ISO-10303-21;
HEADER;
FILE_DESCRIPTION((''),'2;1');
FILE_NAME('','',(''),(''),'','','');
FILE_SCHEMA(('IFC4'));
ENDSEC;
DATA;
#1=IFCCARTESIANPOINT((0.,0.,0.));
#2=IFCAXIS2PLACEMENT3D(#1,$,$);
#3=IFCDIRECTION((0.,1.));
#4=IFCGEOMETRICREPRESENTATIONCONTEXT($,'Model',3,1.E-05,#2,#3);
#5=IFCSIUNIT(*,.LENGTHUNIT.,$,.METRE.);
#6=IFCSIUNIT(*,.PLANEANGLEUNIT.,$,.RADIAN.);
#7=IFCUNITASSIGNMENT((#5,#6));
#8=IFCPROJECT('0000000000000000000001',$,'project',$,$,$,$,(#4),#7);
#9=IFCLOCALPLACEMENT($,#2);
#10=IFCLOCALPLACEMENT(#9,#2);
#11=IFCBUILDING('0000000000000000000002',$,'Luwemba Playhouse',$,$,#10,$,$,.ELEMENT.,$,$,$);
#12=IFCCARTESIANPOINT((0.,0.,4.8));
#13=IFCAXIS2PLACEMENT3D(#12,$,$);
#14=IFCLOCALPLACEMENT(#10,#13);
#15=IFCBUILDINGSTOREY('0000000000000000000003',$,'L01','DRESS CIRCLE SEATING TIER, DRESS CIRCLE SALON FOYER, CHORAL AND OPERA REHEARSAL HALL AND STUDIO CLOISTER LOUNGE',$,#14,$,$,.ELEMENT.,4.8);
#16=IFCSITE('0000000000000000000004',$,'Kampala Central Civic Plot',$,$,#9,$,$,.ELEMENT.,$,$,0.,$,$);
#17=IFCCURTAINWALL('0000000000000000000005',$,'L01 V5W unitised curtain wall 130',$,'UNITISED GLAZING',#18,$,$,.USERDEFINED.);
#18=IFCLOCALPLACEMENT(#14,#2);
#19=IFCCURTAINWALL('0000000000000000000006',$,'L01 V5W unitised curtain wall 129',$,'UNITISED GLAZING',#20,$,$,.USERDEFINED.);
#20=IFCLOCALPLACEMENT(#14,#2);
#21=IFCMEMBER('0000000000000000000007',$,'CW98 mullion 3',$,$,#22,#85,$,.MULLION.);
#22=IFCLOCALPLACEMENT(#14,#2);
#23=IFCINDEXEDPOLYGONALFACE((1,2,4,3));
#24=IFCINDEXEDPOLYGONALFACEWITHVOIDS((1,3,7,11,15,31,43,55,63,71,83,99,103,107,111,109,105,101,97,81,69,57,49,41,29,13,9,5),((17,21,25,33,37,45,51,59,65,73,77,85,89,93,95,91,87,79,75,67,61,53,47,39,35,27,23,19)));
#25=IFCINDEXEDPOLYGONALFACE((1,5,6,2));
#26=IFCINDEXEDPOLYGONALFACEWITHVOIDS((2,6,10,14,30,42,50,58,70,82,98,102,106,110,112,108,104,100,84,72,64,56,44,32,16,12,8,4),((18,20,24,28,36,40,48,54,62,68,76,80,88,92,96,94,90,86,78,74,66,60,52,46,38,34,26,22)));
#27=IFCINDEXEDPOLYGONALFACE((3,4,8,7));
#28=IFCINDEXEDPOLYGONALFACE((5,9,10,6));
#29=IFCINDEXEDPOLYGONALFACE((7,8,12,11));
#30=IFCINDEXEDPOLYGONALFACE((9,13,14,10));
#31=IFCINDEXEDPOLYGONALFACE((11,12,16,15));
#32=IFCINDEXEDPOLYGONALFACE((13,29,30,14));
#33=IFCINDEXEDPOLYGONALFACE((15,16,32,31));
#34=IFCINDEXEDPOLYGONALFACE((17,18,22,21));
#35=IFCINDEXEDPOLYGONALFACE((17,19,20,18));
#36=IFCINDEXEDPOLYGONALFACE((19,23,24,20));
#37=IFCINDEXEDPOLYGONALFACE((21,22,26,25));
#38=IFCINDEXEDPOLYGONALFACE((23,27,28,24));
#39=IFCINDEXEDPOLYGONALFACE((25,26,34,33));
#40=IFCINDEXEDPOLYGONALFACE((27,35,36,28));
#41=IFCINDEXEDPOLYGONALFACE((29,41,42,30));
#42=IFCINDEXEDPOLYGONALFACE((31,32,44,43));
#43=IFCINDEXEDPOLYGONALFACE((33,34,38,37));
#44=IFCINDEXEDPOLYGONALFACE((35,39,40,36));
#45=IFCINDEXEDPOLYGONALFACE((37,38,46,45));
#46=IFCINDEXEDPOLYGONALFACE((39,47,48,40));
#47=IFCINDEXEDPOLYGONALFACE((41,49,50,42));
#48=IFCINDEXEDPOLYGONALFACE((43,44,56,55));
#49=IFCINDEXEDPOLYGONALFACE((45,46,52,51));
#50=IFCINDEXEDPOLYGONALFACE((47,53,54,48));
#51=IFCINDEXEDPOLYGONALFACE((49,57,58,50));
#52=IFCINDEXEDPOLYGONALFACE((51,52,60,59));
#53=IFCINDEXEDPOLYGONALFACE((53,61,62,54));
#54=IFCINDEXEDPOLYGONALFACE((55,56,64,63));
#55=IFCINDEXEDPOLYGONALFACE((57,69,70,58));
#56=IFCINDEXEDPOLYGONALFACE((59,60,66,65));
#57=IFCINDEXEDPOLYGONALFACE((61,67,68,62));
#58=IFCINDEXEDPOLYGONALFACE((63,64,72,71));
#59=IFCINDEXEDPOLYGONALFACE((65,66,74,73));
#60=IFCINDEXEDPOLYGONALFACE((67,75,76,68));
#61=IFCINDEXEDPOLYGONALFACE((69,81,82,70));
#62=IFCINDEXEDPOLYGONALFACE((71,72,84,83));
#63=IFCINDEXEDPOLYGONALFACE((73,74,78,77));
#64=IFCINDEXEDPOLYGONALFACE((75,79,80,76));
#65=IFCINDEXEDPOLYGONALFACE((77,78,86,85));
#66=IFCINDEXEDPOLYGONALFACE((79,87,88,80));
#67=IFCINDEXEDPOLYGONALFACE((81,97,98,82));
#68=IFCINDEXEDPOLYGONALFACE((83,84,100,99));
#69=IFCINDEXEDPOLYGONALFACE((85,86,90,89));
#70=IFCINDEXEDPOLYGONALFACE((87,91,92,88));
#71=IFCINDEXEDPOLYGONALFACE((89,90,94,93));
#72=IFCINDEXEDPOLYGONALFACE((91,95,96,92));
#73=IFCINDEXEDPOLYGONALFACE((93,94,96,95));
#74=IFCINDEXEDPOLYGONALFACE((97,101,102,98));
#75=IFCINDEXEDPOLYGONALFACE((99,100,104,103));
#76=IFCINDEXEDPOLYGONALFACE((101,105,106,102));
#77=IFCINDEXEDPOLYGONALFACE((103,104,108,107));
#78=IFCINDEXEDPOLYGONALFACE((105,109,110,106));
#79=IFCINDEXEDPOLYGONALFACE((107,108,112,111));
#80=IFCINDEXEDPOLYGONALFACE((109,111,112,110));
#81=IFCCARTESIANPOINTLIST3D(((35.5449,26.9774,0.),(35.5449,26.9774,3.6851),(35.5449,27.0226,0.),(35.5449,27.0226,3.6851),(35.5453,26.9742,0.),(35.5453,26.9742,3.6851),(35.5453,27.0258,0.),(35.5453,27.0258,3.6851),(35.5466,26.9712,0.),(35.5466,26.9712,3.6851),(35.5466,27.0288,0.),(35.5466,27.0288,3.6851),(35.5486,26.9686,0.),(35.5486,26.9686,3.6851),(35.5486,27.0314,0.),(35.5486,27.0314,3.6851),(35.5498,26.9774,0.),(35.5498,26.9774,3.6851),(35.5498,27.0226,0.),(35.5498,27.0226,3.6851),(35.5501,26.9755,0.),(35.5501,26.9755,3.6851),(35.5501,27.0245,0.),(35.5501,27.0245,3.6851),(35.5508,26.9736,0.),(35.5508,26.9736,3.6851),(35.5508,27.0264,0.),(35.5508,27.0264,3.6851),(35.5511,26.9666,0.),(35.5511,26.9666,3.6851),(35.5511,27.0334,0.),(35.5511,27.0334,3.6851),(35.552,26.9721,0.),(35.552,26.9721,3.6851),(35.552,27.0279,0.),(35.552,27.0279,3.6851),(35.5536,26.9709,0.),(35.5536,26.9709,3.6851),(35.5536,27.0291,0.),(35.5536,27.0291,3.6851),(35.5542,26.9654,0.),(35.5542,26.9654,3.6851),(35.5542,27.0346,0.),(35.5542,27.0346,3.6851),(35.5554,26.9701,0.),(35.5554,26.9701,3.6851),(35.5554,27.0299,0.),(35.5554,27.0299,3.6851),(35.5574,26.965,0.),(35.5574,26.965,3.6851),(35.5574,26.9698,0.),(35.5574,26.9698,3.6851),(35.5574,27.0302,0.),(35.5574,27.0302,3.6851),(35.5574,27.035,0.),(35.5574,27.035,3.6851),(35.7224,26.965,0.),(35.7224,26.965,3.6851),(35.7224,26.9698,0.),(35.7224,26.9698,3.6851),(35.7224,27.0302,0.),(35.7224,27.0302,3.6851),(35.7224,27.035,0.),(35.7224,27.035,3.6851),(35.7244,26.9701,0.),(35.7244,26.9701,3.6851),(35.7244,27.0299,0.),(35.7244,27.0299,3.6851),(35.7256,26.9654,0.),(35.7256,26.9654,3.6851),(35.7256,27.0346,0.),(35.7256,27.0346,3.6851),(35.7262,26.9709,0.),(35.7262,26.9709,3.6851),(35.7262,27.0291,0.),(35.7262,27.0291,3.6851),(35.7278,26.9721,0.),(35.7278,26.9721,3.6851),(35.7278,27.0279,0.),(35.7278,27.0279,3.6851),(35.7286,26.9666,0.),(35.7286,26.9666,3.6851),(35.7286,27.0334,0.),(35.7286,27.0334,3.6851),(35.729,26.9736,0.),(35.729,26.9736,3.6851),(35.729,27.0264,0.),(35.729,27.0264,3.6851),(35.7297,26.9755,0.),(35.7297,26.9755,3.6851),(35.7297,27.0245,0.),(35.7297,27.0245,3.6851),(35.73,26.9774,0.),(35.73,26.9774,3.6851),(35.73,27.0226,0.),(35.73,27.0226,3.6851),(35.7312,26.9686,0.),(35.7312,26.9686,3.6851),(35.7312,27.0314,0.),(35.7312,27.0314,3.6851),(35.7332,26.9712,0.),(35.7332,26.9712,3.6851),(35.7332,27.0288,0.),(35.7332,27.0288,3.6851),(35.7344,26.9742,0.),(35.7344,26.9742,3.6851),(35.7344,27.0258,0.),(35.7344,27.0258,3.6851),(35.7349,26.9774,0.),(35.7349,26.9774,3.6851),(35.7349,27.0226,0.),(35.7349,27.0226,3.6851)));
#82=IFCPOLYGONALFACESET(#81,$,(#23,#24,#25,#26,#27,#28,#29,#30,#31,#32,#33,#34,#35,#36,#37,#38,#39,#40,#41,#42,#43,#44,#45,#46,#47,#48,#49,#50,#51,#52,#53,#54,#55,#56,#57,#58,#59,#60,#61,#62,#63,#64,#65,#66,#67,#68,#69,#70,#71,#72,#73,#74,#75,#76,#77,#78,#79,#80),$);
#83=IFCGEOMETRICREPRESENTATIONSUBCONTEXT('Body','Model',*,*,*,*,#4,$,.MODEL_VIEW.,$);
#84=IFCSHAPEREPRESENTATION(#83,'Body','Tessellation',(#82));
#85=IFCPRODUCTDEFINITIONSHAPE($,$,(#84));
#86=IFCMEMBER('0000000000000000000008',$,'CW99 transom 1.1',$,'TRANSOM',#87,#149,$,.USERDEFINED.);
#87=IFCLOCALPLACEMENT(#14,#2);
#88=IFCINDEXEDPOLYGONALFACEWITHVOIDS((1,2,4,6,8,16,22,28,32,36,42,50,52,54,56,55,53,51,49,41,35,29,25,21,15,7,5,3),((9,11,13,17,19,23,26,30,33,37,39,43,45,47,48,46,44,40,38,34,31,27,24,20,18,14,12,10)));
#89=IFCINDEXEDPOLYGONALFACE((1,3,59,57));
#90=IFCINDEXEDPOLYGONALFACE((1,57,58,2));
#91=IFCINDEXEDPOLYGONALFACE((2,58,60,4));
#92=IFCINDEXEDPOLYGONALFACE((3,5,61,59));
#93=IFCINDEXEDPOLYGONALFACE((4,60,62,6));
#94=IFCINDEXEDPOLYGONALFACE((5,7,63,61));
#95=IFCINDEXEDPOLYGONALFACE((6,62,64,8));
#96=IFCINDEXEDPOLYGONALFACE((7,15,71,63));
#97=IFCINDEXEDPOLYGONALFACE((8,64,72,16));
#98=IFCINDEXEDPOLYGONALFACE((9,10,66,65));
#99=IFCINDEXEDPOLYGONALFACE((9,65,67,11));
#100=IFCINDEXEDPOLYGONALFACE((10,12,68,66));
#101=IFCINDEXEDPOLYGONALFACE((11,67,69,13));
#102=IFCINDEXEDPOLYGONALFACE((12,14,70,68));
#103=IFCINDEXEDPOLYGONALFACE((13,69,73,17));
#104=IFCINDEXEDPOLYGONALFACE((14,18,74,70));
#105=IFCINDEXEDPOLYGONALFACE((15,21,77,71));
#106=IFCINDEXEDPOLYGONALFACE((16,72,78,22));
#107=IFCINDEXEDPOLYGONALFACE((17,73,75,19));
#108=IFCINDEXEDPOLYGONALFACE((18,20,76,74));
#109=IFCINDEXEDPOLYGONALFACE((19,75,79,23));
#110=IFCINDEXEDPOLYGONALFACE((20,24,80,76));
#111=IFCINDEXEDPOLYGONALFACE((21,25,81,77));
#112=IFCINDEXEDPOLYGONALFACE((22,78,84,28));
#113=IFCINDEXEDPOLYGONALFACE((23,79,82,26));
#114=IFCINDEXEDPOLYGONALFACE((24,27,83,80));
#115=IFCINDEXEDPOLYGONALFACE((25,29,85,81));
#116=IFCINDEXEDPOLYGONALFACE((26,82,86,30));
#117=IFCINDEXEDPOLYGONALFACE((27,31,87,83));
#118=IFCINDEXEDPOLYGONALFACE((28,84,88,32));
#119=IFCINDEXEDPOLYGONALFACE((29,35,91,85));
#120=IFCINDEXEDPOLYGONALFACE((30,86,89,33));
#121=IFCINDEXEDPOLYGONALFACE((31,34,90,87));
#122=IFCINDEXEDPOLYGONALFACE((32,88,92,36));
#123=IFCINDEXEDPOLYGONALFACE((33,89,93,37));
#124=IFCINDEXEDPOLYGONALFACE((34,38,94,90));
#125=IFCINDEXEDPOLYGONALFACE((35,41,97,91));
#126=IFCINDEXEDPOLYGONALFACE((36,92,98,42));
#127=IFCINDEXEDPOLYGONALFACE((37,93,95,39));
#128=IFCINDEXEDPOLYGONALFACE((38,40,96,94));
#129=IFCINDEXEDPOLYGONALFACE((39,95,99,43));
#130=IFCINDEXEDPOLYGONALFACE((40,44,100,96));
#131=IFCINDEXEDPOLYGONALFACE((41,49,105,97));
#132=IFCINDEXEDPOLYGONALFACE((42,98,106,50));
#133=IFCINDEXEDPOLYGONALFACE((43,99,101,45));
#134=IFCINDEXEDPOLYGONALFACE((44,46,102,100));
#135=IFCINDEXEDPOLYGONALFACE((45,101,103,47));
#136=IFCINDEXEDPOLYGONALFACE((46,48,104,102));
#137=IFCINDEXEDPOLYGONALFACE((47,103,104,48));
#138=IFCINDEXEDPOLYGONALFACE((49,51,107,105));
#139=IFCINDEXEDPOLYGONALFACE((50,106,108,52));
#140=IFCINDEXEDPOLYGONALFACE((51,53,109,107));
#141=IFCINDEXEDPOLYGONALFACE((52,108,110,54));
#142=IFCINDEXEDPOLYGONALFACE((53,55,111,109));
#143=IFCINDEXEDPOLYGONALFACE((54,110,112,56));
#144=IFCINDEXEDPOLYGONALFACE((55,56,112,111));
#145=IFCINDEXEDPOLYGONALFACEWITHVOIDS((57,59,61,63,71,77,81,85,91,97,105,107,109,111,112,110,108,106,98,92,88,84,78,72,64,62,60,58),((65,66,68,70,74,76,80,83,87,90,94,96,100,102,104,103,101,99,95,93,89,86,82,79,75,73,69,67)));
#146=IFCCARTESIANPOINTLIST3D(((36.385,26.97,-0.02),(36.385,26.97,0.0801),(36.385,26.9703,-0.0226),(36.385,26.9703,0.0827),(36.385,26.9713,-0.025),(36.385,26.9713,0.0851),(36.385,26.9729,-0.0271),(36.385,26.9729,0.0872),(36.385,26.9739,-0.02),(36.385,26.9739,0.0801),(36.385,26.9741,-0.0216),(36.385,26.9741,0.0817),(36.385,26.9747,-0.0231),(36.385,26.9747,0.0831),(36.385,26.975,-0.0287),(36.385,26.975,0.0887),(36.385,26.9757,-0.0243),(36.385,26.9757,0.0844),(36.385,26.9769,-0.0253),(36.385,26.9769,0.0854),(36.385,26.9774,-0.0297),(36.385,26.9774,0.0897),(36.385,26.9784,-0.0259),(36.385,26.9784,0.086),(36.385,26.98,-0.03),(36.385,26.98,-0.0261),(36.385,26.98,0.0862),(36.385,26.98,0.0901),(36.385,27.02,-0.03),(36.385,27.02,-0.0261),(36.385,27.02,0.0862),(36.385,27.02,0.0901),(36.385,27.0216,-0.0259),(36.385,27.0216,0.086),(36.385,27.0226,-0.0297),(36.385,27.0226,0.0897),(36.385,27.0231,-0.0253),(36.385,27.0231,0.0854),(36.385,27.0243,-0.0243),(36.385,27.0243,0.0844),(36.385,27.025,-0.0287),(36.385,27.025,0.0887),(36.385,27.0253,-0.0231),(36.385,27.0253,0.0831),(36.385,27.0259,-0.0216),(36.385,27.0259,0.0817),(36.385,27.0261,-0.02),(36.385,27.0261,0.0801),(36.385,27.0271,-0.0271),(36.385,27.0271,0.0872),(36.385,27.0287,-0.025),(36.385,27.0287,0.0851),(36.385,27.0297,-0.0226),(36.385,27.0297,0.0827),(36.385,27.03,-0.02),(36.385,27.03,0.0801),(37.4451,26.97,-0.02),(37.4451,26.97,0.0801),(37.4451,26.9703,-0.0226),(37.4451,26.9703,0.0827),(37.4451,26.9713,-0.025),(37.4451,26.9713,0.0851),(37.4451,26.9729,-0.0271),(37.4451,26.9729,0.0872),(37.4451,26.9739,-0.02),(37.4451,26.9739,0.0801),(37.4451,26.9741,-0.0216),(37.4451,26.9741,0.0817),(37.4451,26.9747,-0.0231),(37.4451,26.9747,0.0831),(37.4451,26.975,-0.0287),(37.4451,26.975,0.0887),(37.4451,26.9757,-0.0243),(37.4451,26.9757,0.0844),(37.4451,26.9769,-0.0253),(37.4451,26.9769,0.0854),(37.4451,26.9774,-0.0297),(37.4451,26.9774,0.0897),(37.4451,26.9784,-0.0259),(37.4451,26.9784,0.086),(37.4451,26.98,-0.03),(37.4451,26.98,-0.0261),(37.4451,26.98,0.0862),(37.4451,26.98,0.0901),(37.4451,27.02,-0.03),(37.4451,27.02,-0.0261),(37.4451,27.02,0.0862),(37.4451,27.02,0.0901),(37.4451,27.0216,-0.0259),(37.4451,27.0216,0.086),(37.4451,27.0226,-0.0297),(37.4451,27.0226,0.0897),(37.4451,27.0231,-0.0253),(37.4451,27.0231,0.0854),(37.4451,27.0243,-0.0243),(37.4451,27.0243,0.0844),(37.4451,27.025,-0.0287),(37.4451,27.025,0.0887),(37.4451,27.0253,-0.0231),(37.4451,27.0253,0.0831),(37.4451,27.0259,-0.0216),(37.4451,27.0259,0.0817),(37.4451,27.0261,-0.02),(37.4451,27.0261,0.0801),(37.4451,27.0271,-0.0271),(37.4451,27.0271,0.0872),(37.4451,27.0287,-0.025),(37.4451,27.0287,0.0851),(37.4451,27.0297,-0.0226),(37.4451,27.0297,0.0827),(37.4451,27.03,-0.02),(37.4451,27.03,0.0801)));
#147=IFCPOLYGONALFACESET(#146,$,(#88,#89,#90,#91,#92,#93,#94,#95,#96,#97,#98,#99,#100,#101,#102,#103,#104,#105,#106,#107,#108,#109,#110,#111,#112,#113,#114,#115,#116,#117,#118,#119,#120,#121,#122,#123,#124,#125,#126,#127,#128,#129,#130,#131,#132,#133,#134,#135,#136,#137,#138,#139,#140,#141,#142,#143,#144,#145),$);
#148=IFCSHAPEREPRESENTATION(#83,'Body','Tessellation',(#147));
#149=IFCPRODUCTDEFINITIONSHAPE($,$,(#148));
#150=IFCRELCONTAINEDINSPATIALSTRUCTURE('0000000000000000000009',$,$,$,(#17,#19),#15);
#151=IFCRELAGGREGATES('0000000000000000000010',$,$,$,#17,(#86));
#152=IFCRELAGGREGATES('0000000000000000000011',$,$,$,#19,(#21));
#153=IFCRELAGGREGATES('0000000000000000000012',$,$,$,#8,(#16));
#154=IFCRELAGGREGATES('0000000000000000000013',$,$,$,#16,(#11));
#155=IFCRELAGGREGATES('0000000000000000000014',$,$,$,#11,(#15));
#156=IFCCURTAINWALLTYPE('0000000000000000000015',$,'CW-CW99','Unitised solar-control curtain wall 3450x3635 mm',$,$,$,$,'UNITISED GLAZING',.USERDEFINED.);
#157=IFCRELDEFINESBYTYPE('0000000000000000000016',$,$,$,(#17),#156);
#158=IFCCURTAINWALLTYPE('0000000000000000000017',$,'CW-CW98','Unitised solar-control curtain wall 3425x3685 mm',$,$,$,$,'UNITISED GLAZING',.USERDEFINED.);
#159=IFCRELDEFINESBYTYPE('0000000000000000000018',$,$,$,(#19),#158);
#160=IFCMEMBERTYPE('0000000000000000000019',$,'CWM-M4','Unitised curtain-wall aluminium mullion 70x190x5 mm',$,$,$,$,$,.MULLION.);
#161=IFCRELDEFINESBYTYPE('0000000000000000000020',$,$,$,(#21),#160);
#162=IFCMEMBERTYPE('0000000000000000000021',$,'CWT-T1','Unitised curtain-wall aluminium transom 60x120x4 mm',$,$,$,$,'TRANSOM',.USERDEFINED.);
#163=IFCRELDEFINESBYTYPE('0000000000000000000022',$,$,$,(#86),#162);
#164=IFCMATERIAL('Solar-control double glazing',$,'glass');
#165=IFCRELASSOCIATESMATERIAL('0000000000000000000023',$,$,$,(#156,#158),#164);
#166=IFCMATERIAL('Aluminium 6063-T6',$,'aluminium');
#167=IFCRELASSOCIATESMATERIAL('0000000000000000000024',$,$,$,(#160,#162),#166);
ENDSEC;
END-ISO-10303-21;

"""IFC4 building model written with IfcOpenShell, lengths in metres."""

from ifc_helpers import new_model, si_unit, direction, frame, origin, origin_2d, place, context, subcontext, project, spatial, hollow_rectangle, extrude, material, material_profile, profile_set, type_object, element, aggregate, save


model = new_model("IFC4")

# Units and contexts
model_context = context("Model", 3, precision=1e-05, world=origin(), true_north=direction((0.0, 1.0)))
body_context = subcontext(model_context, "Body", "Model", "MODEL_VIEW")
ifc_project = project(units=[si_unit("LENGTHUNIT", "METRE"), si_unit("PLANEANGLEUNIT", "RADIAN")], contexts=[model_context])

# Site, building, storey
site_placement = place(None, origin())
site = spatial("IfcSite", under=ifc_project, at=site_placement, Name="Kampala Central Civic Plot", CompositionType="ELEMENT", RefElevation=0.0)
building_placement = place(site_placement, origin())
building = spatial("IfcBuilding", under=site, at=building_placement, Name="Luwemba Playhouse", CompositionType="ELEMENT")
storey_placement = place(building_placement, frame((0.0, 0.0, 4.8)))
storey = spatial("IfcBuildingStorey", under=building, at=storey_placement, Name="L01", Description="DRESS CIRCLE SEATING TIER, DRESS CIRCLE SALON FOYER, CHORAL AND OPERA REHEARSAL HALL AND STUDIO CLOISTER LOUNGE", CompositionType="ELEMENT", Elevation=4.8)

# Curtain walls, member
ifc_material_1 = material(Name="Solar-control double glazing", Category="glass")
curtain_wall_type_1 = type_object("IfcCurtainWallType", Name="CW-CW99", Description="Unitised solar-control curtain wall 3450x3635 mm", ElementType="UNITISED GLAZING", PredefinedType="USERDEFINED", material=ifc_material_1)
curtain_wall_1_placement = place(storey_placement, origin())
curtain_wall_1 = element("IfcCurtainWall", 1, at=curtain_wall_1_placement, inside=storey, type_object=curtain_wall_type_1, Name="L01 V5W unitised curtain wall 130", ObjectType="UNITISED GLAZING", PredefinedType="USERDEFINED")
ifc_material_2 = material(Name="Aluminium 6063-T6", Category="aluminium")
curtain_wall_type_2 = type_object("IfcCurtainWallType", Name="CW-CW98", Description="Unitised solar-control curtain wall 3425x3685 mm", ElementType="UNITISED GLAZING", PredefinedType="USERDEFINED", material=ifc_material_1)
curtain_wall_2_placement = place(storey_placement, origin())
curtain_wall_2 = element("IfcCurtainWall", 2, at=curtain_wall_2_placement, inside=storey, type_object=curtain_wall_type_2, Name="L01 V5W unitised curtain wall 129", ObjectType="UNITISED GLAZING", PredefinedType="USERDEFINED")
ifc_material_profile_1 = material_profile(ifc_material_2, hollow_rectangle(XDim=0.0701, YDim=0.1899, WallThickness=0.0049, InnerFilletRadius=0.0076, OuterFilletRadius=0.0125, at=origin_2d()))
ifc_profile_set_1 = profile_set([ifc_material_profile_1], Name="Aluminium 6063-T6")
member_type_1 = type_object("IfcMemberType", Name="CWM-M4", Description="Unitised curtain-wall aluminium mullion 70x190x5 mm", PredefinedType="MULLION", material=ifc_profile_set_1)
member_1_placement = place(storey_placement, frame((35.6399, 27.0, 0.0), z_axis=(0.0, 0.0, 1.0), x_axis=(0.0, 1.0, 0.0)))
member_1 = element("IfcMember", 3, at=member_1_placement, type_object=member_type_1, Name="CW98 mullion 3", PredefinedType="MULLION", context=body_context, shape_type="SweptSolid", body=[
    extrude(hollow_rectangle(XDim=0.0701, YDim=0.1899, WallThickness=0.0049, InnerFilletRadius=0.0076, OuterFilletRadius=0.0125, at=origin_2d()), origin(), (0.0, 0.0, 1.0), 3.6851),
])

# Member
ifc_material_profile_2 = material_profile(ifc_material_2, hollow_rectangle(XDim=0.0601, YDim=0.1201, WallThickness=0.0039, InnerFilletRadius=0.0061, OuterFilletRadius=0.01, at=origin_2d()))
ifc_profile_set_2 = profile_set([ifc_material_profile_2], Name="Aluminium 6063-T6")
member_type_2 = type_object("IfcMemberType", Name="CWT-T1", Description="Unitised curtain-wall aluminium transom 60x120x4 mm", ElementType="TRANSOM", PredefinedType="USERDEFINED", material=ifc_profile_set_2)
member_2_placement = place(storey_placement, frame((36.385, 27.0, 0.03), z_axis=(1.0, 0.0, 0.0), x_axis=(0.0, 1.0, 0.0)))
member_2 = element("IfcMember", 4, at=member_2_placement, type_object=member_type_2, Name="CW99 transom 1.1", ObjectType="TRANSOM", PredefinedType="USERDEFINED", context=body_context, shape_type="SweptSolid", body=[
    extrude(hollow_rectangle(XDim=0.0601, YDim=0.1201, WallThickness=0.0039, InnerFilletRadius=0.0061, OuterFilletRadius=0.01, at=origin_2d()), origin(), (0.0, 0.0, 1.0), 1.0601),
])

aggregate(curtain_wall_1, [member_2])
aggregate(curtain_wall_2, [member_1])

save(model, "model.ifc")
